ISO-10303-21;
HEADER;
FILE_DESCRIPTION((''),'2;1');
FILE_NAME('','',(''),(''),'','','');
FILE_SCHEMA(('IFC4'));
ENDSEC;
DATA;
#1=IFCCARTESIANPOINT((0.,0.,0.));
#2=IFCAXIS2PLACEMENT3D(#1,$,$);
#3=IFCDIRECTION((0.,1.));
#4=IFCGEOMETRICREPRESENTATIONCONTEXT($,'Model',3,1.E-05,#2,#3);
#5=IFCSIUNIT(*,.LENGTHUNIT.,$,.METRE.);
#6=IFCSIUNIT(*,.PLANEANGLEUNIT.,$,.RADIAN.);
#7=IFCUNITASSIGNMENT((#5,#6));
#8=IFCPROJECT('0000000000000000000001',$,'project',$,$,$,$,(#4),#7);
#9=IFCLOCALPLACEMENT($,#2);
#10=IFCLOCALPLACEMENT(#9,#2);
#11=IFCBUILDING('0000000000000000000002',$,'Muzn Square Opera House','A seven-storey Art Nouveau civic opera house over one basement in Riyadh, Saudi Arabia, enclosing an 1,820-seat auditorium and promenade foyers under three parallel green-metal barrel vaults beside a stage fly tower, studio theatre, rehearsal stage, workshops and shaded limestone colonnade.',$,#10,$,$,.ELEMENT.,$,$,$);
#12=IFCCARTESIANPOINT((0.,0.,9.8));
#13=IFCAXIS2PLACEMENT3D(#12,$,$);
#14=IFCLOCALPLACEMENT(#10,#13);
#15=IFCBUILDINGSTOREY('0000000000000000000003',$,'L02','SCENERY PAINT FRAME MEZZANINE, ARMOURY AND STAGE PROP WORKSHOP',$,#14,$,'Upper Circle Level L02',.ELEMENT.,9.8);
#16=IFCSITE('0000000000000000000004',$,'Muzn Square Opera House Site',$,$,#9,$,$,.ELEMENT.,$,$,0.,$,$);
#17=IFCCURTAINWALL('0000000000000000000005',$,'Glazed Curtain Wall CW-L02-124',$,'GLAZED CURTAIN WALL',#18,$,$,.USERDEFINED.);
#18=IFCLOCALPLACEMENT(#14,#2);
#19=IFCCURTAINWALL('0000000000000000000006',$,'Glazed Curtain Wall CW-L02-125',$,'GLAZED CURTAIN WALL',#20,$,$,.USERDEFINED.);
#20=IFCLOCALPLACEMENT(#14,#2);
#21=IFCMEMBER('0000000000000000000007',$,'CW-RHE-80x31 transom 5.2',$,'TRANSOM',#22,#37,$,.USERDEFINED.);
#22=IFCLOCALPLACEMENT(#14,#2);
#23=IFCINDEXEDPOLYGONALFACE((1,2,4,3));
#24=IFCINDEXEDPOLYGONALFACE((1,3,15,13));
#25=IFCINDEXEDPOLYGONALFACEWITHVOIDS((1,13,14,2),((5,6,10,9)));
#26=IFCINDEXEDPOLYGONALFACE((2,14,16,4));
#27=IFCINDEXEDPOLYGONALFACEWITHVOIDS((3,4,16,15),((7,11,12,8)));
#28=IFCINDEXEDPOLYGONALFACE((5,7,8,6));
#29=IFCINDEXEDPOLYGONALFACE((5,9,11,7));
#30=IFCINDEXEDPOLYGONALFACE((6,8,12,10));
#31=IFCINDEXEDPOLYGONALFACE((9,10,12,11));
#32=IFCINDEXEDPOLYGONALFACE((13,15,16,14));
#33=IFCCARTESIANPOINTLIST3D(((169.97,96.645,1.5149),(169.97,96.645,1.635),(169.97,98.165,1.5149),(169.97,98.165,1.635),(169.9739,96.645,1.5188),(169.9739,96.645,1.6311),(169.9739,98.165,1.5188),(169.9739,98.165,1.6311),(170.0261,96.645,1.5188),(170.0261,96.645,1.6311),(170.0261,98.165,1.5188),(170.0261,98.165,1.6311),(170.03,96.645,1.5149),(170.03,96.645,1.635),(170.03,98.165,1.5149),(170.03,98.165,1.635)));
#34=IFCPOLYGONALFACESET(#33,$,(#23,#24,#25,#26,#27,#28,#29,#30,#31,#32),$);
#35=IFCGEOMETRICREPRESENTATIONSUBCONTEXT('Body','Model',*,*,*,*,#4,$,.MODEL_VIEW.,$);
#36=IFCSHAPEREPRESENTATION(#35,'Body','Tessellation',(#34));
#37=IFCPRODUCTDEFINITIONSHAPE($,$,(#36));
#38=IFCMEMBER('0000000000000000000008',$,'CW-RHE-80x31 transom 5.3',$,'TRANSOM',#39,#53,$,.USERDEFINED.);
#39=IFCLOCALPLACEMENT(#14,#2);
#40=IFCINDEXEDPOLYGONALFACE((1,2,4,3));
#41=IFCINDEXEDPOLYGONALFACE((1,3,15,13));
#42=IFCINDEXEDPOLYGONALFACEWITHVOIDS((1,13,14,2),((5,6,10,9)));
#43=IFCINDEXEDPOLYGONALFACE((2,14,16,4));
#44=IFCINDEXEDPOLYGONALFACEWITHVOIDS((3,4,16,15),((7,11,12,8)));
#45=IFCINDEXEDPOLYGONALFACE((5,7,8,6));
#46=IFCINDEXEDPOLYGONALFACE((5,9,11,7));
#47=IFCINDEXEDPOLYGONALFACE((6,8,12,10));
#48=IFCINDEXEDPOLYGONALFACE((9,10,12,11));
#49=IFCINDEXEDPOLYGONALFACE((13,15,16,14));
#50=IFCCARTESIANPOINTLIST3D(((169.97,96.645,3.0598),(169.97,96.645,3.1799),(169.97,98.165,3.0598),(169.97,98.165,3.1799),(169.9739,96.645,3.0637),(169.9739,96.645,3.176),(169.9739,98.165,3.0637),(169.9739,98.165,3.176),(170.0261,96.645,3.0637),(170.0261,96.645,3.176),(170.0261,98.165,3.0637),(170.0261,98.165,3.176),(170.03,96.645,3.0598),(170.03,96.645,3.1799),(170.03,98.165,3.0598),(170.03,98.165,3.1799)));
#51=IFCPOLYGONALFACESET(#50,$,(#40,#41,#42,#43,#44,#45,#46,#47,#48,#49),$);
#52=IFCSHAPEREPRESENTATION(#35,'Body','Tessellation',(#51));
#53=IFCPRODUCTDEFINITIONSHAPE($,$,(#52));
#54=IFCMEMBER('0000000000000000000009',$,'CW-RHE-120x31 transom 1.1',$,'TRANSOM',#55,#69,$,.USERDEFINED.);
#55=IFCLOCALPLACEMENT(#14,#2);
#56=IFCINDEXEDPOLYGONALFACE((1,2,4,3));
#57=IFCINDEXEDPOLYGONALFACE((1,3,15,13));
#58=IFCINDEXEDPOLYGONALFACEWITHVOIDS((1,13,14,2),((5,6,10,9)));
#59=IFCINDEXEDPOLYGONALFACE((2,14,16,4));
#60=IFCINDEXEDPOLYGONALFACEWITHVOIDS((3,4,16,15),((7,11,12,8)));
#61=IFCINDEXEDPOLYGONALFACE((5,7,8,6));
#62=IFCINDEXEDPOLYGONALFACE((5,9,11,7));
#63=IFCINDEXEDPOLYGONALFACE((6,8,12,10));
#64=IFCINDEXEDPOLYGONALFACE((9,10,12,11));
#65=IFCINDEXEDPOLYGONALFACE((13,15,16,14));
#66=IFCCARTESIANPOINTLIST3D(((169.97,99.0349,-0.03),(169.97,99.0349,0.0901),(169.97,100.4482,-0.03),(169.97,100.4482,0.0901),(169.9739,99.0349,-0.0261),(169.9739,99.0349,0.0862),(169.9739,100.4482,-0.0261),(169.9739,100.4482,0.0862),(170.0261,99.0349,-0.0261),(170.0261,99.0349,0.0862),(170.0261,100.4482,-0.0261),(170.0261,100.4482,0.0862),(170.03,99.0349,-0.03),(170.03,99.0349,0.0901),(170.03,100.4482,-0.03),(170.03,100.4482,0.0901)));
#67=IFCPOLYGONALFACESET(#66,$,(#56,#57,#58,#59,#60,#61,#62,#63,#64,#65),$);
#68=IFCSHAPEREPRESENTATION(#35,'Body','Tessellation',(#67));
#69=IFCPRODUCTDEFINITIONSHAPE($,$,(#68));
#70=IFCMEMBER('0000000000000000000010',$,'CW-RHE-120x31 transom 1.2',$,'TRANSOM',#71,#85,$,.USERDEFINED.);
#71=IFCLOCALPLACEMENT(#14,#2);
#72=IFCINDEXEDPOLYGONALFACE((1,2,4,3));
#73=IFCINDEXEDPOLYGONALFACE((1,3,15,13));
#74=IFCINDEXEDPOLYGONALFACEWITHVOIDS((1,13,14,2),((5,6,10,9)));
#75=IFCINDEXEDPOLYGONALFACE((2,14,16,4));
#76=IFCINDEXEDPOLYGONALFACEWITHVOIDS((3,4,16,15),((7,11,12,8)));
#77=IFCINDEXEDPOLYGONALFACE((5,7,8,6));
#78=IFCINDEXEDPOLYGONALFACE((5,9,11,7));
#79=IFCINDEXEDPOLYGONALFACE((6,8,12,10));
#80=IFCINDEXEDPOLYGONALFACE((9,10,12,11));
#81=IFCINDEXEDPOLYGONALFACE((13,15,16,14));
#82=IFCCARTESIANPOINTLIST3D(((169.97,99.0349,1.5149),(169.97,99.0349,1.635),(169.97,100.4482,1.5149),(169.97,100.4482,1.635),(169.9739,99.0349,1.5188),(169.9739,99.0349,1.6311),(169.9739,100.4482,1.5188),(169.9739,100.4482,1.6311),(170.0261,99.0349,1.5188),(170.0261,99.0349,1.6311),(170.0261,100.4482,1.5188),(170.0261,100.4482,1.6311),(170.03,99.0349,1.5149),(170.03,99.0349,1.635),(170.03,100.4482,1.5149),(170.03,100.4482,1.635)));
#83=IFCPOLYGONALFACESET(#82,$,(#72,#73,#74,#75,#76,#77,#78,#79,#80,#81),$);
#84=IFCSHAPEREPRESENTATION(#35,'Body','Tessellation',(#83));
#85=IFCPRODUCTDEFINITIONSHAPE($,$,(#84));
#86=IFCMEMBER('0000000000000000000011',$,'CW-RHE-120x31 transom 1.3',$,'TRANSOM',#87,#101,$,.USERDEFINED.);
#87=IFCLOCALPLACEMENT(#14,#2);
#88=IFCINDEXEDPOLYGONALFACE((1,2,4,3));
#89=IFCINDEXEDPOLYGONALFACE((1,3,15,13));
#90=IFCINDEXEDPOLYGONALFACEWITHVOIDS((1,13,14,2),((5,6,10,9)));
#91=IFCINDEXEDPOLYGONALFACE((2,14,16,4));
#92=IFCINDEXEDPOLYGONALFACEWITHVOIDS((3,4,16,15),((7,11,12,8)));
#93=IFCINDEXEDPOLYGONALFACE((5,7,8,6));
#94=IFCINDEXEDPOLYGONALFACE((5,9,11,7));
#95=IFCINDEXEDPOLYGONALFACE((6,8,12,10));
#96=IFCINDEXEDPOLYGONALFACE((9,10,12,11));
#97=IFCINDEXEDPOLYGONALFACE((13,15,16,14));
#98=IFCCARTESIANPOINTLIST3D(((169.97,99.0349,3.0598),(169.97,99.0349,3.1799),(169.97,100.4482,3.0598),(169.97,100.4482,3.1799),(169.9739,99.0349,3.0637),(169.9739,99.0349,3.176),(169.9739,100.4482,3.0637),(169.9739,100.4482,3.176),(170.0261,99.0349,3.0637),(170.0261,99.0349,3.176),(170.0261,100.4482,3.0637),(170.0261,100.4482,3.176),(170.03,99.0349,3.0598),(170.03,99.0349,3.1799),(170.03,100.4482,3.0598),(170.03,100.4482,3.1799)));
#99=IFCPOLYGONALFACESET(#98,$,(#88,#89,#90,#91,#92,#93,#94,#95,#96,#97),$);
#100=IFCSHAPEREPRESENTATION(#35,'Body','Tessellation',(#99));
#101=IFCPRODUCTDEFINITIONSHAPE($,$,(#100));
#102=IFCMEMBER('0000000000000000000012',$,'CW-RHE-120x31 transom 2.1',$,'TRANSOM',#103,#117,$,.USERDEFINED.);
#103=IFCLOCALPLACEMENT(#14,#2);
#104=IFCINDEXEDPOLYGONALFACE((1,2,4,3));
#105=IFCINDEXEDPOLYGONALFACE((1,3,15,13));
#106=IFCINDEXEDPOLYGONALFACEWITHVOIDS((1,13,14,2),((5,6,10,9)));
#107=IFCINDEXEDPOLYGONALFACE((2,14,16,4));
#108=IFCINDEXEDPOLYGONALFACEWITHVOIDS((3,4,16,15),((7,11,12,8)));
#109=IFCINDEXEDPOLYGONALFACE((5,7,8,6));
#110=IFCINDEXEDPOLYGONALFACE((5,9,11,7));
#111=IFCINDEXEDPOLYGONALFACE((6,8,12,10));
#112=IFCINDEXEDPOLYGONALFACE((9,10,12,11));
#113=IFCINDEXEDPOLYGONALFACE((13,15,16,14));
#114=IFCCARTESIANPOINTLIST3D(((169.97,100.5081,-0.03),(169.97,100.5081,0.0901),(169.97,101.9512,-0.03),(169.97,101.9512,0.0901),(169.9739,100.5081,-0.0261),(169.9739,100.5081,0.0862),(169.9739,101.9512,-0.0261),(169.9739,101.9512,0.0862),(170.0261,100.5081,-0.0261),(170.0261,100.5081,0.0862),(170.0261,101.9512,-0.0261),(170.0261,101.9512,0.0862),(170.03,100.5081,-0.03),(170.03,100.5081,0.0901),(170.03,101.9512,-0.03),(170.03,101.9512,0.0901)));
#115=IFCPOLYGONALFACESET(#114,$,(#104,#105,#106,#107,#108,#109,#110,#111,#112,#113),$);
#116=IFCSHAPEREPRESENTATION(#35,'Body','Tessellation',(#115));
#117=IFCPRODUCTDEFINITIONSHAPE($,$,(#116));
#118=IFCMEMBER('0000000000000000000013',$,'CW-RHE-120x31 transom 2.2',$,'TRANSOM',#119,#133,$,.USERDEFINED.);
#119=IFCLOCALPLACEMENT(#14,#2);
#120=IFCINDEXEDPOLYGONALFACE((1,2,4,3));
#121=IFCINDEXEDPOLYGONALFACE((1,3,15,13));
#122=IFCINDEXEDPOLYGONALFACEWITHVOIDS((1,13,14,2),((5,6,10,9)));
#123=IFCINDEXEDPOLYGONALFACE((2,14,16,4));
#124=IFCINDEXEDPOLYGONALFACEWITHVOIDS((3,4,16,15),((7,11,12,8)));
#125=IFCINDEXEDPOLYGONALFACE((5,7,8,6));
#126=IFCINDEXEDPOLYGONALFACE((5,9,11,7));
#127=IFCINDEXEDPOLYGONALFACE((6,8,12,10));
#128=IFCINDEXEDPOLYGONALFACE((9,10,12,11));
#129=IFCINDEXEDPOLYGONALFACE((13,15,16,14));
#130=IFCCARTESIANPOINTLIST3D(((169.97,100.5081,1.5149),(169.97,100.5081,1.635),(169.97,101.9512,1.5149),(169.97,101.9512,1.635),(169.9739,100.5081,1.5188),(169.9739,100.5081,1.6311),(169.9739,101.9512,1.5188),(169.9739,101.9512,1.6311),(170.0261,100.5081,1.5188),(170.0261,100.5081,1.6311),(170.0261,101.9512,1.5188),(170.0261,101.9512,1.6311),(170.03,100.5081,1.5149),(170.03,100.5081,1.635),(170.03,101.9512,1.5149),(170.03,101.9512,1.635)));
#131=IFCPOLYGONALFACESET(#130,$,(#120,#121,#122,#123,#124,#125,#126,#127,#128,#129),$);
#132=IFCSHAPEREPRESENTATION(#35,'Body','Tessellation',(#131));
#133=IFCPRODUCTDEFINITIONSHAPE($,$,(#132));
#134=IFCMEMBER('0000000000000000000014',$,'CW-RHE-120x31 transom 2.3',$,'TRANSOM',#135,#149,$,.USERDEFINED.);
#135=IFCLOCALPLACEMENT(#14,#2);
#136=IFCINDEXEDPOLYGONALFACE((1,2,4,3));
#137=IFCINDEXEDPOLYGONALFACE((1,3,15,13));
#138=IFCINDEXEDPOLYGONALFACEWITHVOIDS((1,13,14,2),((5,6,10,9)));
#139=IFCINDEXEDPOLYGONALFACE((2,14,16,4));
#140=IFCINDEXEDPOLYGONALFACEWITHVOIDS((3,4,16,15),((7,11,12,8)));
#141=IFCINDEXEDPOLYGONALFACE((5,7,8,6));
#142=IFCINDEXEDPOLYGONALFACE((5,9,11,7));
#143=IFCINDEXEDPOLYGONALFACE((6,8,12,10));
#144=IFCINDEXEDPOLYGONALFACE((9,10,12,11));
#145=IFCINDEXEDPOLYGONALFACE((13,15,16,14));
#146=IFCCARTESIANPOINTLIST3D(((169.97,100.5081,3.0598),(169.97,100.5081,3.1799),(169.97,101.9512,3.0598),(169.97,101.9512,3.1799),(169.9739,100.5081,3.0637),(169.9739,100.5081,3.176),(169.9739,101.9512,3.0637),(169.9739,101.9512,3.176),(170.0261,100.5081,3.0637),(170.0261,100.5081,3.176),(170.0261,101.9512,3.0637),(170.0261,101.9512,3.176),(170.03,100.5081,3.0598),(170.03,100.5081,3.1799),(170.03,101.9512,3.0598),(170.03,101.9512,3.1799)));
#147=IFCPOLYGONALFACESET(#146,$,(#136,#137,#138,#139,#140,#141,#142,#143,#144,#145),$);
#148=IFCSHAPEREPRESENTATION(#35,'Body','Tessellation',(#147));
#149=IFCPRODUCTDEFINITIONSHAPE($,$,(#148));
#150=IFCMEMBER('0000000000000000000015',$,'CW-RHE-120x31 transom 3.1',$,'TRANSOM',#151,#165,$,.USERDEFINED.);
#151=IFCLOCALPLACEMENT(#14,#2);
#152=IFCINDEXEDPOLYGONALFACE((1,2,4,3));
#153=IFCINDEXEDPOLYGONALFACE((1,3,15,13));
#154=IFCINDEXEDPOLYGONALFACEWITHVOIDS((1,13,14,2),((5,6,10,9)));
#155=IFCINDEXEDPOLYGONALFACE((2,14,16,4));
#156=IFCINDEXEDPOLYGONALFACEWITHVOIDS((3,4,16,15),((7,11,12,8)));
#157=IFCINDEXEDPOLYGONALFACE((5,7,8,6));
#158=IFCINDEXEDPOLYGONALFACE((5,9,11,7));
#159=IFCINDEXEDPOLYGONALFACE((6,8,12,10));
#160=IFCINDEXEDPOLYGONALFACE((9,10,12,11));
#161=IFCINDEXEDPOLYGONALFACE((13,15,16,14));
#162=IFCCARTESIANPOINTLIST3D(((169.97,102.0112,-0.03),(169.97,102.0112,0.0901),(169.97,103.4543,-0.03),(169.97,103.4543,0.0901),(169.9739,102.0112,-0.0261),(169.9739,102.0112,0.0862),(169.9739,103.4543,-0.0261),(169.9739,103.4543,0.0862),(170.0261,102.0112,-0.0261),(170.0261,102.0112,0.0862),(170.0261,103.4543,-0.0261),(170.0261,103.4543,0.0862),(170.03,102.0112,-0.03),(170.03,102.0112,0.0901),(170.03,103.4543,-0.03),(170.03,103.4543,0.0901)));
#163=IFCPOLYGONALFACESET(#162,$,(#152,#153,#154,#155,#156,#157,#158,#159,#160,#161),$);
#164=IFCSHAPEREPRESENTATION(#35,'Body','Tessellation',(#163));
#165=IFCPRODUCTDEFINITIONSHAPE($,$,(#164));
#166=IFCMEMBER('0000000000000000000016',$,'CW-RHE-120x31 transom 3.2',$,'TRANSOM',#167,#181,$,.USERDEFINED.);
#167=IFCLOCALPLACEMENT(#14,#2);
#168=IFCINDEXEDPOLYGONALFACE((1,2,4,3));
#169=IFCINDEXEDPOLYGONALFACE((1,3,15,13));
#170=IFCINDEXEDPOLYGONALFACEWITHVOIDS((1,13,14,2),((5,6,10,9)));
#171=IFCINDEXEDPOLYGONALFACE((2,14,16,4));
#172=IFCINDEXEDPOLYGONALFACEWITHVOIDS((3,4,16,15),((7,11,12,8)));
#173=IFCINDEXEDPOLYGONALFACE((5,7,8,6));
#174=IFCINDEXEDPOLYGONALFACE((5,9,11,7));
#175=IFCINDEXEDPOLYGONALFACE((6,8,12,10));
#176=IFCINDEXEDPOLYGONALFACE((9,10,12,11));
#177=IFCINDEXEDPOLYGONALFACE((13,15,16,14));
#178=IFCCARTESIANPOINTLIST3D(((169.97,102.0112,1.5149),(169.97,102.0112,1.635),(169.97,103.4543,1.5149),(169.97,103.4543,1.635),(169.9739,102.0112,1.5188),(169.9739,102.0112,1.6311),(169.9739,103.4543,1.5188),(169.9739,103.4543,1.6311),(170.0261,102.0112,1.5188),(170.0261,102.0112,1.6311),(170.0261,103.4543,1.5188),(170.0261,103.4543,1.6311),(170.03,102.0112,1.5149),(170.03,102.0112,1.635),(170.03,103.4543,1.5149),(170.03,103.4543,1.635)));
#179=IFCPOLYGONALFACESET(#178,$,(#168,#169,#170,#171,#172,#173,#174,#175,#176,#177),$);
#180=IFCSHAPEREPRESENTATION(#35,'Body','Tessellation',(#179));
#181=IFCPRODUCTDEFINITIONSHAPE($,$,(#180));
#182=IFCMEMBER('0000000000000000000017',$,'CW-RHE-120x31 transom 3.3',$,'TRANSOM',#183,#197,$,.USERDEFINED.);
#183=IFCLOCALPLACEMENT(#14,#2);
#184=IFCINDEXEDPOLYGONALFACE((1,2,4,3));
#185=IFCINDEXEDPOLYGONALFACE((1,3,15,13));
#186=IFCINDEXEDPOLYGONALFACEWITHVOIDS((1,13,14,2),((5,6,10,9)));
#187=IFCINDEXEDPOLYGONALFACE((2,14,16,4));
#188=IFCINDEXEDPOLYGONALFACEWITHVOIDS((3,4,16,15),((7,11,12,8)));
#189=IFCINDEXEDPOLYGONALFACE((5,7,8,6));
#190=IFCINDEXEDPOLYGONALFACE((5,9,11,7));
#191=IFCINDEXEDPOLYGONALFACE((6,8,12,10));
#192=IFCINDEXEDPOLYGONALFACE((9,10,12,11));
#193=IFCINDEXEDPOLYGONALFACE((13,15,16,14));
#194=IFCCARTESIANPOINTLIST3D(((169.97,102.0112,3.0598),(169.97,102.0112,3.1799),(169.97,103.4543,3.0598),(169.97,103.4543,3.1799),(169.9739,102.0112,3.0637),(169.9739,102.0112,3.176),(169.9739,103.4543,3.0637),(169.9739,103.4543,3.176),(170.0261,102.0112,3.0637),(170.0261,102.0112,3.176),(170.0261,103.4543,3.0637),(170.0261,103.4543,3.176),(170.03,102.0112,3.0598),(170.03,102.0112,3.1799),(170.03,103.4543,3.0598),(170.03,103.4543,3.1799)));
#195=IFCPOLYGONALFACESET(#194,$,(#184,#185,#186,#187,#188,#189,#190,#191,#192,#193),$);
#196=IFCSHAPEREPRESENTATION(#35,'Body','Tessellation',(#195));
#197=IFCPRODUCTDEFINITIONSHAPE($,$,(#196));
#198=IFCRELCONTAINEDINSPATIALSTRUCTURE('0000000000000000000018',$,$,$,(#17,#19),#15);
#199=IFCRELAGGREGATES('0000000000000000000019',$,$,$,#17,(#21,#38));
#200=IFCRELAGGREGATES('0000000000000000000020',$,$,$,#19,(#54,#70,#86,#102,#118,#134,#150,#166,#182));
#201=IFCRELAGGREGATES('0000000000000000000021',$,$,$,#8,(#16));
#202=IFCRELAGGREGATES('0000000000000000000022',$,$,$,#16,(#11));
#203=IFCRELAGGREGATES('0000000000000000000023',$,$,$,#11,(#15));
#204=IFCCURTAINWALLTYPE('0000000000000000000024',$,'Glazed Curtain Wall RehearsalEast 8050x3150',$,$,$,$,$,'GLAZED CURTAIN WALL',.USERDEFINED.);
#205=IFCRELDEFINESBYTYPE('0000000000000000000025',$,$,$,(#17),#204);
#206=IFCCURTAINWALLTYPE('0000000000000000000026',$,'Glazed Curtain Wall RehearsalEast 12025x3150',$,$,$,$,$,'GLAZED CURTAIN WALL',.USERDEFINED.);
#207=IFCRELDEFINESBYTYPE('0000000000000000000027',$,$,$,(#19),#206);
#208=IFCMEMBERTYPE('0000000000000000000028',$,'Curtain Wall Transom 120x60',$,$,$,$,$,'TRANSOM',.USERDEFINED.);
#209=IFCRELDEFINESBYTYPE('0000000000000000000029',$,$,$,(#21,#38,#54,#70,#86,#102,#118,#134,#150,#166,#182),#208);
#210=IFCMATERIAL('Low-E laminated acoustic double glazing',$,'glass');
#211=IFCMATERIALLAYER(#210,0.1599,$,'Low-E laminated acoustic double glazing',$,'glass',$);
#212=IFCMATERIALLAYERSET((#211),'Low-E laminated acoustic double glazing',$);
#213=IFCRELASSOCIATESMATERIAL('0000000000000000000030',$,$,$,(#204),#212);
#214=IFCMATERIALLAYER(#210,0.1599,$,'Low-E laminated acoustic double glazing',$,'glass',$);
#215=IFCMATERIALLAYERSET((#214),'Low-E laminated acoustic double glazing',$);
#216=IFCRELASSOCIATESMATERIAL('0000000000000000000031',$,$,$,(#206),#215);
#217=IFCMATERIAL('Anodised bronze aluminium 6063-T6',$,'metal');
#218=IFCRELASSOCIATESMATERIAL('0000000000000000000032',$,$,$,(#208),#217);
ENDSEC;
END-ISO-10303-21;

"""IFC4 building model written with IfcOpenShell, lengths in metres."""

from ifc_helpers import new_model, si_unit, direction, frame, origin, origin_2d, place, context, subcontext, project, spatial, hollow_rectangle, extrude, material, layer, layer_set, material_profile, profile_set, type_object, element, aggregate, save


model = new_model("IFC4")

# Units and contexts
model_context = context("Model", 3, precision=1e-05, world=origin(), true_north=direction((0.0, 1.0)))
body_context = subcontext(model_context, "Body", "Model", "MODEL_VIEW")
ifc_project = project(units=[si_unit("LENGTHUNIT", "METRE"), si_unit("PLANEANGLEUNIT", "RADIAN")], contexts=[model_context])

# Site, building, storey
site_placement = place(None, origin())
site = spatial("IfcSite", under=ifc_project, at=site_placement, Name="Muzn Square Opera House Site", CompositionType="ELEMENT", RefElevation=0.0)
building_placement = place(site_placement, origin())
building = spatial("IfcBuilding", under=site, at=building_placement, Name="Muzn Square Opera House", Description="A seven-storey Art Nouveau civic opera house over one basement in Riyadh, Saudi Arabia, enclosing an 1,820-seat auditorium and promenade foyers under three parallel green-metal barrel vaults beside a stage fly tower, studio theatre, rehearsal stage, workshops and shaded limestone colonnade.", CompositionType="ELEMENT")
storey_placement = place(building_placement, frame((0.0, 0.0, 9.8)))
storey = spatial("IfcBuildingStorey", under=building, at=storey_placement, Name="L02", Description="SCENERY PAINT FRAME MEZZANINE, ARMOURY AND STAGE PROP WORKSHOP", LongName="Upper Circle Level L02", CompositionType="ELEMENT", Elevation=9.8)

# Curtain walls
ifc_material_1 = material(Name="Low-E laminated acoustic double glazing", Category="glass")
ifc_layer_1 = layer(ifc_material_1, 0.1599, Name="Low-E laminated acoustic double glazing", Category="glass")
ifc_layer_set_1 = layer_set([ifc_layer_1], Name="Low-E laminated acoustic double glazing")
curtain_wall_type_1 = type_object("IfcCurtainWallType", Name="Glazed Curtain Wall RehearsalEast 8050x3150", ElementType="GLAZED CURTAIN WALL", PredefinedType="USERDEFINED", material=ifc_layer_set_1)
curtain_wall_1_placement = place(storey_placement, origin())
curtain_wall_1 = element("IfcCurtainWall", 1, at=curtain_wall_1_placement, inside=storey, type_object=curtain_wall_type_1, Name="Glazed Curtain Wall CW-L02-124", ObjectType="GLAZED CURTAIN WALL", PredefinedType="USERDEFINED")
ifc_material_2 = material(Name="Anodised bronze aluminium 6063-T6", Category="metal")
ifc_layer_2 = layer(ifc_material_1, 0.1599, Name="Low-E laminated acoustic double glazing", Category="glass")
ifc_layer_set_2 = layer_set([ifc_layer_2], Name="Low-E laminated acoustic double glazing")
curtain_wall_type_2 = type_object("IfcCurtainWallType", Name="Glazed Curtain Wall RehearsalEast 12025x3150", ElementType="GLAZED CURTAIN WALL", PredefinedType="USERDEFINED", material=ifc_layer_set_2)
curtain_wall_2_placement = place(storey_placement, origin())
curtain_wall_2 = element("IfcCurtainWall", 2, at=curtain_wall_2_placement, inside=storey, type_object=curtain_wall_type_2, Name="Glazed Curtain Wall CW-L02-125", ObjectType="GLAZED CURTAIN WALL", PredefinedType="USERDEFINED")

# Members
ifc_material_profile_1 = material_profile(ifc_material_2, hollow_rectangle(XDim=0.0601, YDim=0.1201, WallThickness=0.0039, at=origin_2d()), Name="ALU 120x60x4", Category="metal")
ifc_profile_set_1 = profile_set([ifc_material_profile_1], Name="Anodised bronze aluminium 6063-T6")
member_type_1 = type_object("IfcMemberType", Name="Curtain Wall Transom 120x60", ElementType="TRANSOM", PredefinedType="USERDEFINED", material=ifc_profile_set_1)
member_1_placement = place(storey_placement, frame((170.0, 96.645, 1.575), z_axis=(0.0, 1.0, 0.0), x_axis=(-1.0, 0.0, 0.0)))
member_1 = element("IfcMember", 3, at=member_1_placement, type_object=member_type_1, Name="CW-RHE-80x31 transom 5.2", ObjectType="TRANSOM", PredefinedType="USERDEFINED", context=body_context, shape_type="SweptSolid", body=[
    extrude(hollow_rectangle(XDim=0.0601, YDim=0.1201, WallThickness=0.0039, at=origin_2d()), origin(), (0.0, 0.0, 1.0), 1.52),
])
member_2_placement = place(storey_placement, frame((170.0, 96.645, 3.1199), z_axis=(0.0, 1.0, 0.0), x_axis=(-1.0, 0.0, 0.0)))
member_2 = element("IfcMember", 4, at=member_2_placement, type_object=member_type_1, Name="CW-RHE-80x31 transom 5.3", ObjectType="TRANSOM", PredefinedType="USERDEFINED", context=body_context, shape_type="SweptSolid", body=[
    extrude(hollow_rectangle(XDim=0.0601, YDim=0.1201, WallThickness=0.0039, at=origin_2d()), origin(), (0.0, 0.0, 1.0), 1.52),
])
member_3_placement = place(storey_placement, frame((170.0, 99.0349, 0.03), z_axis=(0.0, 1.0, 0.0), x_axis=(-1.0, 0.0, 0.0)))
member_3 = element("IfcMember", 5, at=member_3_placement, type_object=member_type_1, Name="CW-RHE-120x31 transom 1.1", ObjectType="TRANSOM", PredefinedType="USERDEFINED", context=body_context, shape_type="SweptSolid", body=[
    extrude(hollow_rectangle(XDim=0.0601, YDim=0.1201, WallThickness=0.0039, at=origin_2d()), origin(), (0.0, 0.0, 1.0), 1.4133),
])
member_4_placement = place(storey_placement, frame((170.0, 99.0349, 1.575), z_axis=(0.0, 1.0, 0.0), x_axis=(-1.0, 0.0, 0.0)))
member_4 = element("IfcMember", 6, at=member_4_placement, type_object=member_type_1, Name="CW-RHE-120x31 transom 1.2", ObjectType="TRANSOM", PredefinedType="USERDEFINED", context=body_context, shape_type="SweptSolid", body=[
    extrude(hollow_rectangle(XDim=0.0601, YDim=0.1201, WallThickness=0.0039, at=origin_2d()), origin(), (0.0, 0.0, 1.0), 1.4133),
])
member_5_placement = place(storey_placement, frame((170.0, 99.0349, 3.1199), z_axis=(0.0, 1.0, 0.0), x_axis=(-1.0, 0.0, 0.0)))
member_5 = element("IfcMember", 7, at=member_5_placement, type_object=member_type_1, Name="CW-RHE-120x31 transom 1.3", ObjectType="TRANSOM", PredefinedType="USERDEFINED", context=body_context, shape_type="SweptSolid", body=[
    extrude(hollow_rectangle(XDim=0.0601, YDim=0.1201, WallThickness=0.0039, at=origin_2d()), origin(), (0.0, 0.0, 1.0), 1.4133),
])
member_6_placement = place(storey_placement, frame((170.0, 100.5081, 0.03), z_axis=(0.0, 1.0, 0.0), x_axis=(-1.0, 0.0, 0.0)))
member_6 = element("IfcMember", 8, at=member_6_placement, type_object=member_type_1, Name="CW-RHE-120x31 transom 2.1", ObjectType="TRANSOM", PredefinedType="USERDEFINED", context=body_context, shape_type="SweptSolid", body=[
    extrude(hollow_rectangle(XDim=0.0601, YDim=0.1201, WallThickness=0.0039, at=origin_2d()), origin(), (0.0, 0.0, 1.0), 1.4431),
])
member_7_placement = place(storey_placement, frame((170.0, 100.5081, 1.575), z_axis=(0.0, 1.0, 0.0), x_axis=(-1.0, 0.0, 0.0)))
member_7 = element("IfcMember", 9, at=member_7_placement, type_object=member_type_1, Name="CW-RHE-120x31 transom 2.2", ObjectType="TRANSOM", PredefinedType="USERDEFINED", context=body_context, shape_type="SweptSolid", body=[
    extrude(hollow_rectangle(XDim=0.0601, YDim=0.1201, WallThickness=0.0039, at=origin_2d()), origin(), (0.0, 0.0, 1.0), 1.4431),
])
member_8_placement = place(storey_placement, frame((170.0, 100.5081, 3.1199), z_axis=(0.0, 1.0, 0.0), x_axis=(-1.0, 0.0, 0.0)))
member_8 = element("IfcMember", 10, at=member_8_placement, type_object=member_type_1, Name="CW-RHE-120x31 transom 2.3", ObjectType="TRANSOM", PredefinedType="USERDEFINED", context=body_context, shape_type="SweptSolid", body=[
    extrude(hollow_rectangle(XDim=0.0601, YDim=0.1201, WallThickness=0.0039, at=origin_2d()), origin(), (0.0, 0.0, 1.0), 1.4431),
])
member_9_placement = place(storey_placement, frame((170.0, 102.0112, 0.03), z_axis=(0.0, 1.0, 0.0), x_axis=(-1.0, 0.0, 0.0)))
member_9 = element("IfcMember", 11, at=member_9_placement, type_object=member_type_1, Name="CW-RHE-120x31 transom 3.1", ObjectType="TRANSOM", PredefinedType="USERDEFINED", context=body_context, shape_type="SweptSolid", body=[
    extrude(hollow_rectangle(XDim=0.0601, YDim=0.1201, WallThickness=0.0039, at=origin_2d()), origin(), (0.0, 0.0, 1.0), 1.4431),
])
member_10_placement = place(storey_placement, frame((170.0, 102.0112, 1.575), z_axis=(0.0, 1.0, 0.0), x_axis=(-1.0, 0.0, 0.0)))
member_10 = element("IfcMember", 12, at=member_10_placement, type_object=member_type_1, Name="CW-RHE-120x31 transom 3.2", ObjectType="TRANSOM", PredefinedType="USERDEFINED", context=body_context, shape_type="SweptSolid", body=[
    extrude(hollow_rectangle(XDim=0.0601, YDim=0.1201, WallThickness=0.0039, at=origin_2d()), origin(), (0.0, 0.0, 1.0), 1.4431),
])
member_11_placement = place(storey_placement, frame((170.0, 102.0112, 3.1199), z_axis=(0.0, 1.0, 0.0), x_axis=(-1.0, 0.0, 0.0)))
member_11 = element("IfcMember", 13, at=member_11_placement, type_object=member_type_1, Name="CW-RHE-120x31 transom 3.3", ObjectType="TRANSOM", PredefinedType="USERDEFINED", context=body_context, shape_type="SweptSolid", body=[
    extrude(hollow_rectangle(XDim=0.0601, YDim=0.1201, WallThickness=0.0039, at=origin_2d()), origin(), (0.0, 0.0, 1.0), 1.4431),
])

aggregate(curtain_wall_1, [member_1, member_2])
aggregate(curtain_wall_2, [member_3, member_4, member_5, member_6, member_7, member_8, member_9, member_10, member_11])

save(model, "model.ifc")
